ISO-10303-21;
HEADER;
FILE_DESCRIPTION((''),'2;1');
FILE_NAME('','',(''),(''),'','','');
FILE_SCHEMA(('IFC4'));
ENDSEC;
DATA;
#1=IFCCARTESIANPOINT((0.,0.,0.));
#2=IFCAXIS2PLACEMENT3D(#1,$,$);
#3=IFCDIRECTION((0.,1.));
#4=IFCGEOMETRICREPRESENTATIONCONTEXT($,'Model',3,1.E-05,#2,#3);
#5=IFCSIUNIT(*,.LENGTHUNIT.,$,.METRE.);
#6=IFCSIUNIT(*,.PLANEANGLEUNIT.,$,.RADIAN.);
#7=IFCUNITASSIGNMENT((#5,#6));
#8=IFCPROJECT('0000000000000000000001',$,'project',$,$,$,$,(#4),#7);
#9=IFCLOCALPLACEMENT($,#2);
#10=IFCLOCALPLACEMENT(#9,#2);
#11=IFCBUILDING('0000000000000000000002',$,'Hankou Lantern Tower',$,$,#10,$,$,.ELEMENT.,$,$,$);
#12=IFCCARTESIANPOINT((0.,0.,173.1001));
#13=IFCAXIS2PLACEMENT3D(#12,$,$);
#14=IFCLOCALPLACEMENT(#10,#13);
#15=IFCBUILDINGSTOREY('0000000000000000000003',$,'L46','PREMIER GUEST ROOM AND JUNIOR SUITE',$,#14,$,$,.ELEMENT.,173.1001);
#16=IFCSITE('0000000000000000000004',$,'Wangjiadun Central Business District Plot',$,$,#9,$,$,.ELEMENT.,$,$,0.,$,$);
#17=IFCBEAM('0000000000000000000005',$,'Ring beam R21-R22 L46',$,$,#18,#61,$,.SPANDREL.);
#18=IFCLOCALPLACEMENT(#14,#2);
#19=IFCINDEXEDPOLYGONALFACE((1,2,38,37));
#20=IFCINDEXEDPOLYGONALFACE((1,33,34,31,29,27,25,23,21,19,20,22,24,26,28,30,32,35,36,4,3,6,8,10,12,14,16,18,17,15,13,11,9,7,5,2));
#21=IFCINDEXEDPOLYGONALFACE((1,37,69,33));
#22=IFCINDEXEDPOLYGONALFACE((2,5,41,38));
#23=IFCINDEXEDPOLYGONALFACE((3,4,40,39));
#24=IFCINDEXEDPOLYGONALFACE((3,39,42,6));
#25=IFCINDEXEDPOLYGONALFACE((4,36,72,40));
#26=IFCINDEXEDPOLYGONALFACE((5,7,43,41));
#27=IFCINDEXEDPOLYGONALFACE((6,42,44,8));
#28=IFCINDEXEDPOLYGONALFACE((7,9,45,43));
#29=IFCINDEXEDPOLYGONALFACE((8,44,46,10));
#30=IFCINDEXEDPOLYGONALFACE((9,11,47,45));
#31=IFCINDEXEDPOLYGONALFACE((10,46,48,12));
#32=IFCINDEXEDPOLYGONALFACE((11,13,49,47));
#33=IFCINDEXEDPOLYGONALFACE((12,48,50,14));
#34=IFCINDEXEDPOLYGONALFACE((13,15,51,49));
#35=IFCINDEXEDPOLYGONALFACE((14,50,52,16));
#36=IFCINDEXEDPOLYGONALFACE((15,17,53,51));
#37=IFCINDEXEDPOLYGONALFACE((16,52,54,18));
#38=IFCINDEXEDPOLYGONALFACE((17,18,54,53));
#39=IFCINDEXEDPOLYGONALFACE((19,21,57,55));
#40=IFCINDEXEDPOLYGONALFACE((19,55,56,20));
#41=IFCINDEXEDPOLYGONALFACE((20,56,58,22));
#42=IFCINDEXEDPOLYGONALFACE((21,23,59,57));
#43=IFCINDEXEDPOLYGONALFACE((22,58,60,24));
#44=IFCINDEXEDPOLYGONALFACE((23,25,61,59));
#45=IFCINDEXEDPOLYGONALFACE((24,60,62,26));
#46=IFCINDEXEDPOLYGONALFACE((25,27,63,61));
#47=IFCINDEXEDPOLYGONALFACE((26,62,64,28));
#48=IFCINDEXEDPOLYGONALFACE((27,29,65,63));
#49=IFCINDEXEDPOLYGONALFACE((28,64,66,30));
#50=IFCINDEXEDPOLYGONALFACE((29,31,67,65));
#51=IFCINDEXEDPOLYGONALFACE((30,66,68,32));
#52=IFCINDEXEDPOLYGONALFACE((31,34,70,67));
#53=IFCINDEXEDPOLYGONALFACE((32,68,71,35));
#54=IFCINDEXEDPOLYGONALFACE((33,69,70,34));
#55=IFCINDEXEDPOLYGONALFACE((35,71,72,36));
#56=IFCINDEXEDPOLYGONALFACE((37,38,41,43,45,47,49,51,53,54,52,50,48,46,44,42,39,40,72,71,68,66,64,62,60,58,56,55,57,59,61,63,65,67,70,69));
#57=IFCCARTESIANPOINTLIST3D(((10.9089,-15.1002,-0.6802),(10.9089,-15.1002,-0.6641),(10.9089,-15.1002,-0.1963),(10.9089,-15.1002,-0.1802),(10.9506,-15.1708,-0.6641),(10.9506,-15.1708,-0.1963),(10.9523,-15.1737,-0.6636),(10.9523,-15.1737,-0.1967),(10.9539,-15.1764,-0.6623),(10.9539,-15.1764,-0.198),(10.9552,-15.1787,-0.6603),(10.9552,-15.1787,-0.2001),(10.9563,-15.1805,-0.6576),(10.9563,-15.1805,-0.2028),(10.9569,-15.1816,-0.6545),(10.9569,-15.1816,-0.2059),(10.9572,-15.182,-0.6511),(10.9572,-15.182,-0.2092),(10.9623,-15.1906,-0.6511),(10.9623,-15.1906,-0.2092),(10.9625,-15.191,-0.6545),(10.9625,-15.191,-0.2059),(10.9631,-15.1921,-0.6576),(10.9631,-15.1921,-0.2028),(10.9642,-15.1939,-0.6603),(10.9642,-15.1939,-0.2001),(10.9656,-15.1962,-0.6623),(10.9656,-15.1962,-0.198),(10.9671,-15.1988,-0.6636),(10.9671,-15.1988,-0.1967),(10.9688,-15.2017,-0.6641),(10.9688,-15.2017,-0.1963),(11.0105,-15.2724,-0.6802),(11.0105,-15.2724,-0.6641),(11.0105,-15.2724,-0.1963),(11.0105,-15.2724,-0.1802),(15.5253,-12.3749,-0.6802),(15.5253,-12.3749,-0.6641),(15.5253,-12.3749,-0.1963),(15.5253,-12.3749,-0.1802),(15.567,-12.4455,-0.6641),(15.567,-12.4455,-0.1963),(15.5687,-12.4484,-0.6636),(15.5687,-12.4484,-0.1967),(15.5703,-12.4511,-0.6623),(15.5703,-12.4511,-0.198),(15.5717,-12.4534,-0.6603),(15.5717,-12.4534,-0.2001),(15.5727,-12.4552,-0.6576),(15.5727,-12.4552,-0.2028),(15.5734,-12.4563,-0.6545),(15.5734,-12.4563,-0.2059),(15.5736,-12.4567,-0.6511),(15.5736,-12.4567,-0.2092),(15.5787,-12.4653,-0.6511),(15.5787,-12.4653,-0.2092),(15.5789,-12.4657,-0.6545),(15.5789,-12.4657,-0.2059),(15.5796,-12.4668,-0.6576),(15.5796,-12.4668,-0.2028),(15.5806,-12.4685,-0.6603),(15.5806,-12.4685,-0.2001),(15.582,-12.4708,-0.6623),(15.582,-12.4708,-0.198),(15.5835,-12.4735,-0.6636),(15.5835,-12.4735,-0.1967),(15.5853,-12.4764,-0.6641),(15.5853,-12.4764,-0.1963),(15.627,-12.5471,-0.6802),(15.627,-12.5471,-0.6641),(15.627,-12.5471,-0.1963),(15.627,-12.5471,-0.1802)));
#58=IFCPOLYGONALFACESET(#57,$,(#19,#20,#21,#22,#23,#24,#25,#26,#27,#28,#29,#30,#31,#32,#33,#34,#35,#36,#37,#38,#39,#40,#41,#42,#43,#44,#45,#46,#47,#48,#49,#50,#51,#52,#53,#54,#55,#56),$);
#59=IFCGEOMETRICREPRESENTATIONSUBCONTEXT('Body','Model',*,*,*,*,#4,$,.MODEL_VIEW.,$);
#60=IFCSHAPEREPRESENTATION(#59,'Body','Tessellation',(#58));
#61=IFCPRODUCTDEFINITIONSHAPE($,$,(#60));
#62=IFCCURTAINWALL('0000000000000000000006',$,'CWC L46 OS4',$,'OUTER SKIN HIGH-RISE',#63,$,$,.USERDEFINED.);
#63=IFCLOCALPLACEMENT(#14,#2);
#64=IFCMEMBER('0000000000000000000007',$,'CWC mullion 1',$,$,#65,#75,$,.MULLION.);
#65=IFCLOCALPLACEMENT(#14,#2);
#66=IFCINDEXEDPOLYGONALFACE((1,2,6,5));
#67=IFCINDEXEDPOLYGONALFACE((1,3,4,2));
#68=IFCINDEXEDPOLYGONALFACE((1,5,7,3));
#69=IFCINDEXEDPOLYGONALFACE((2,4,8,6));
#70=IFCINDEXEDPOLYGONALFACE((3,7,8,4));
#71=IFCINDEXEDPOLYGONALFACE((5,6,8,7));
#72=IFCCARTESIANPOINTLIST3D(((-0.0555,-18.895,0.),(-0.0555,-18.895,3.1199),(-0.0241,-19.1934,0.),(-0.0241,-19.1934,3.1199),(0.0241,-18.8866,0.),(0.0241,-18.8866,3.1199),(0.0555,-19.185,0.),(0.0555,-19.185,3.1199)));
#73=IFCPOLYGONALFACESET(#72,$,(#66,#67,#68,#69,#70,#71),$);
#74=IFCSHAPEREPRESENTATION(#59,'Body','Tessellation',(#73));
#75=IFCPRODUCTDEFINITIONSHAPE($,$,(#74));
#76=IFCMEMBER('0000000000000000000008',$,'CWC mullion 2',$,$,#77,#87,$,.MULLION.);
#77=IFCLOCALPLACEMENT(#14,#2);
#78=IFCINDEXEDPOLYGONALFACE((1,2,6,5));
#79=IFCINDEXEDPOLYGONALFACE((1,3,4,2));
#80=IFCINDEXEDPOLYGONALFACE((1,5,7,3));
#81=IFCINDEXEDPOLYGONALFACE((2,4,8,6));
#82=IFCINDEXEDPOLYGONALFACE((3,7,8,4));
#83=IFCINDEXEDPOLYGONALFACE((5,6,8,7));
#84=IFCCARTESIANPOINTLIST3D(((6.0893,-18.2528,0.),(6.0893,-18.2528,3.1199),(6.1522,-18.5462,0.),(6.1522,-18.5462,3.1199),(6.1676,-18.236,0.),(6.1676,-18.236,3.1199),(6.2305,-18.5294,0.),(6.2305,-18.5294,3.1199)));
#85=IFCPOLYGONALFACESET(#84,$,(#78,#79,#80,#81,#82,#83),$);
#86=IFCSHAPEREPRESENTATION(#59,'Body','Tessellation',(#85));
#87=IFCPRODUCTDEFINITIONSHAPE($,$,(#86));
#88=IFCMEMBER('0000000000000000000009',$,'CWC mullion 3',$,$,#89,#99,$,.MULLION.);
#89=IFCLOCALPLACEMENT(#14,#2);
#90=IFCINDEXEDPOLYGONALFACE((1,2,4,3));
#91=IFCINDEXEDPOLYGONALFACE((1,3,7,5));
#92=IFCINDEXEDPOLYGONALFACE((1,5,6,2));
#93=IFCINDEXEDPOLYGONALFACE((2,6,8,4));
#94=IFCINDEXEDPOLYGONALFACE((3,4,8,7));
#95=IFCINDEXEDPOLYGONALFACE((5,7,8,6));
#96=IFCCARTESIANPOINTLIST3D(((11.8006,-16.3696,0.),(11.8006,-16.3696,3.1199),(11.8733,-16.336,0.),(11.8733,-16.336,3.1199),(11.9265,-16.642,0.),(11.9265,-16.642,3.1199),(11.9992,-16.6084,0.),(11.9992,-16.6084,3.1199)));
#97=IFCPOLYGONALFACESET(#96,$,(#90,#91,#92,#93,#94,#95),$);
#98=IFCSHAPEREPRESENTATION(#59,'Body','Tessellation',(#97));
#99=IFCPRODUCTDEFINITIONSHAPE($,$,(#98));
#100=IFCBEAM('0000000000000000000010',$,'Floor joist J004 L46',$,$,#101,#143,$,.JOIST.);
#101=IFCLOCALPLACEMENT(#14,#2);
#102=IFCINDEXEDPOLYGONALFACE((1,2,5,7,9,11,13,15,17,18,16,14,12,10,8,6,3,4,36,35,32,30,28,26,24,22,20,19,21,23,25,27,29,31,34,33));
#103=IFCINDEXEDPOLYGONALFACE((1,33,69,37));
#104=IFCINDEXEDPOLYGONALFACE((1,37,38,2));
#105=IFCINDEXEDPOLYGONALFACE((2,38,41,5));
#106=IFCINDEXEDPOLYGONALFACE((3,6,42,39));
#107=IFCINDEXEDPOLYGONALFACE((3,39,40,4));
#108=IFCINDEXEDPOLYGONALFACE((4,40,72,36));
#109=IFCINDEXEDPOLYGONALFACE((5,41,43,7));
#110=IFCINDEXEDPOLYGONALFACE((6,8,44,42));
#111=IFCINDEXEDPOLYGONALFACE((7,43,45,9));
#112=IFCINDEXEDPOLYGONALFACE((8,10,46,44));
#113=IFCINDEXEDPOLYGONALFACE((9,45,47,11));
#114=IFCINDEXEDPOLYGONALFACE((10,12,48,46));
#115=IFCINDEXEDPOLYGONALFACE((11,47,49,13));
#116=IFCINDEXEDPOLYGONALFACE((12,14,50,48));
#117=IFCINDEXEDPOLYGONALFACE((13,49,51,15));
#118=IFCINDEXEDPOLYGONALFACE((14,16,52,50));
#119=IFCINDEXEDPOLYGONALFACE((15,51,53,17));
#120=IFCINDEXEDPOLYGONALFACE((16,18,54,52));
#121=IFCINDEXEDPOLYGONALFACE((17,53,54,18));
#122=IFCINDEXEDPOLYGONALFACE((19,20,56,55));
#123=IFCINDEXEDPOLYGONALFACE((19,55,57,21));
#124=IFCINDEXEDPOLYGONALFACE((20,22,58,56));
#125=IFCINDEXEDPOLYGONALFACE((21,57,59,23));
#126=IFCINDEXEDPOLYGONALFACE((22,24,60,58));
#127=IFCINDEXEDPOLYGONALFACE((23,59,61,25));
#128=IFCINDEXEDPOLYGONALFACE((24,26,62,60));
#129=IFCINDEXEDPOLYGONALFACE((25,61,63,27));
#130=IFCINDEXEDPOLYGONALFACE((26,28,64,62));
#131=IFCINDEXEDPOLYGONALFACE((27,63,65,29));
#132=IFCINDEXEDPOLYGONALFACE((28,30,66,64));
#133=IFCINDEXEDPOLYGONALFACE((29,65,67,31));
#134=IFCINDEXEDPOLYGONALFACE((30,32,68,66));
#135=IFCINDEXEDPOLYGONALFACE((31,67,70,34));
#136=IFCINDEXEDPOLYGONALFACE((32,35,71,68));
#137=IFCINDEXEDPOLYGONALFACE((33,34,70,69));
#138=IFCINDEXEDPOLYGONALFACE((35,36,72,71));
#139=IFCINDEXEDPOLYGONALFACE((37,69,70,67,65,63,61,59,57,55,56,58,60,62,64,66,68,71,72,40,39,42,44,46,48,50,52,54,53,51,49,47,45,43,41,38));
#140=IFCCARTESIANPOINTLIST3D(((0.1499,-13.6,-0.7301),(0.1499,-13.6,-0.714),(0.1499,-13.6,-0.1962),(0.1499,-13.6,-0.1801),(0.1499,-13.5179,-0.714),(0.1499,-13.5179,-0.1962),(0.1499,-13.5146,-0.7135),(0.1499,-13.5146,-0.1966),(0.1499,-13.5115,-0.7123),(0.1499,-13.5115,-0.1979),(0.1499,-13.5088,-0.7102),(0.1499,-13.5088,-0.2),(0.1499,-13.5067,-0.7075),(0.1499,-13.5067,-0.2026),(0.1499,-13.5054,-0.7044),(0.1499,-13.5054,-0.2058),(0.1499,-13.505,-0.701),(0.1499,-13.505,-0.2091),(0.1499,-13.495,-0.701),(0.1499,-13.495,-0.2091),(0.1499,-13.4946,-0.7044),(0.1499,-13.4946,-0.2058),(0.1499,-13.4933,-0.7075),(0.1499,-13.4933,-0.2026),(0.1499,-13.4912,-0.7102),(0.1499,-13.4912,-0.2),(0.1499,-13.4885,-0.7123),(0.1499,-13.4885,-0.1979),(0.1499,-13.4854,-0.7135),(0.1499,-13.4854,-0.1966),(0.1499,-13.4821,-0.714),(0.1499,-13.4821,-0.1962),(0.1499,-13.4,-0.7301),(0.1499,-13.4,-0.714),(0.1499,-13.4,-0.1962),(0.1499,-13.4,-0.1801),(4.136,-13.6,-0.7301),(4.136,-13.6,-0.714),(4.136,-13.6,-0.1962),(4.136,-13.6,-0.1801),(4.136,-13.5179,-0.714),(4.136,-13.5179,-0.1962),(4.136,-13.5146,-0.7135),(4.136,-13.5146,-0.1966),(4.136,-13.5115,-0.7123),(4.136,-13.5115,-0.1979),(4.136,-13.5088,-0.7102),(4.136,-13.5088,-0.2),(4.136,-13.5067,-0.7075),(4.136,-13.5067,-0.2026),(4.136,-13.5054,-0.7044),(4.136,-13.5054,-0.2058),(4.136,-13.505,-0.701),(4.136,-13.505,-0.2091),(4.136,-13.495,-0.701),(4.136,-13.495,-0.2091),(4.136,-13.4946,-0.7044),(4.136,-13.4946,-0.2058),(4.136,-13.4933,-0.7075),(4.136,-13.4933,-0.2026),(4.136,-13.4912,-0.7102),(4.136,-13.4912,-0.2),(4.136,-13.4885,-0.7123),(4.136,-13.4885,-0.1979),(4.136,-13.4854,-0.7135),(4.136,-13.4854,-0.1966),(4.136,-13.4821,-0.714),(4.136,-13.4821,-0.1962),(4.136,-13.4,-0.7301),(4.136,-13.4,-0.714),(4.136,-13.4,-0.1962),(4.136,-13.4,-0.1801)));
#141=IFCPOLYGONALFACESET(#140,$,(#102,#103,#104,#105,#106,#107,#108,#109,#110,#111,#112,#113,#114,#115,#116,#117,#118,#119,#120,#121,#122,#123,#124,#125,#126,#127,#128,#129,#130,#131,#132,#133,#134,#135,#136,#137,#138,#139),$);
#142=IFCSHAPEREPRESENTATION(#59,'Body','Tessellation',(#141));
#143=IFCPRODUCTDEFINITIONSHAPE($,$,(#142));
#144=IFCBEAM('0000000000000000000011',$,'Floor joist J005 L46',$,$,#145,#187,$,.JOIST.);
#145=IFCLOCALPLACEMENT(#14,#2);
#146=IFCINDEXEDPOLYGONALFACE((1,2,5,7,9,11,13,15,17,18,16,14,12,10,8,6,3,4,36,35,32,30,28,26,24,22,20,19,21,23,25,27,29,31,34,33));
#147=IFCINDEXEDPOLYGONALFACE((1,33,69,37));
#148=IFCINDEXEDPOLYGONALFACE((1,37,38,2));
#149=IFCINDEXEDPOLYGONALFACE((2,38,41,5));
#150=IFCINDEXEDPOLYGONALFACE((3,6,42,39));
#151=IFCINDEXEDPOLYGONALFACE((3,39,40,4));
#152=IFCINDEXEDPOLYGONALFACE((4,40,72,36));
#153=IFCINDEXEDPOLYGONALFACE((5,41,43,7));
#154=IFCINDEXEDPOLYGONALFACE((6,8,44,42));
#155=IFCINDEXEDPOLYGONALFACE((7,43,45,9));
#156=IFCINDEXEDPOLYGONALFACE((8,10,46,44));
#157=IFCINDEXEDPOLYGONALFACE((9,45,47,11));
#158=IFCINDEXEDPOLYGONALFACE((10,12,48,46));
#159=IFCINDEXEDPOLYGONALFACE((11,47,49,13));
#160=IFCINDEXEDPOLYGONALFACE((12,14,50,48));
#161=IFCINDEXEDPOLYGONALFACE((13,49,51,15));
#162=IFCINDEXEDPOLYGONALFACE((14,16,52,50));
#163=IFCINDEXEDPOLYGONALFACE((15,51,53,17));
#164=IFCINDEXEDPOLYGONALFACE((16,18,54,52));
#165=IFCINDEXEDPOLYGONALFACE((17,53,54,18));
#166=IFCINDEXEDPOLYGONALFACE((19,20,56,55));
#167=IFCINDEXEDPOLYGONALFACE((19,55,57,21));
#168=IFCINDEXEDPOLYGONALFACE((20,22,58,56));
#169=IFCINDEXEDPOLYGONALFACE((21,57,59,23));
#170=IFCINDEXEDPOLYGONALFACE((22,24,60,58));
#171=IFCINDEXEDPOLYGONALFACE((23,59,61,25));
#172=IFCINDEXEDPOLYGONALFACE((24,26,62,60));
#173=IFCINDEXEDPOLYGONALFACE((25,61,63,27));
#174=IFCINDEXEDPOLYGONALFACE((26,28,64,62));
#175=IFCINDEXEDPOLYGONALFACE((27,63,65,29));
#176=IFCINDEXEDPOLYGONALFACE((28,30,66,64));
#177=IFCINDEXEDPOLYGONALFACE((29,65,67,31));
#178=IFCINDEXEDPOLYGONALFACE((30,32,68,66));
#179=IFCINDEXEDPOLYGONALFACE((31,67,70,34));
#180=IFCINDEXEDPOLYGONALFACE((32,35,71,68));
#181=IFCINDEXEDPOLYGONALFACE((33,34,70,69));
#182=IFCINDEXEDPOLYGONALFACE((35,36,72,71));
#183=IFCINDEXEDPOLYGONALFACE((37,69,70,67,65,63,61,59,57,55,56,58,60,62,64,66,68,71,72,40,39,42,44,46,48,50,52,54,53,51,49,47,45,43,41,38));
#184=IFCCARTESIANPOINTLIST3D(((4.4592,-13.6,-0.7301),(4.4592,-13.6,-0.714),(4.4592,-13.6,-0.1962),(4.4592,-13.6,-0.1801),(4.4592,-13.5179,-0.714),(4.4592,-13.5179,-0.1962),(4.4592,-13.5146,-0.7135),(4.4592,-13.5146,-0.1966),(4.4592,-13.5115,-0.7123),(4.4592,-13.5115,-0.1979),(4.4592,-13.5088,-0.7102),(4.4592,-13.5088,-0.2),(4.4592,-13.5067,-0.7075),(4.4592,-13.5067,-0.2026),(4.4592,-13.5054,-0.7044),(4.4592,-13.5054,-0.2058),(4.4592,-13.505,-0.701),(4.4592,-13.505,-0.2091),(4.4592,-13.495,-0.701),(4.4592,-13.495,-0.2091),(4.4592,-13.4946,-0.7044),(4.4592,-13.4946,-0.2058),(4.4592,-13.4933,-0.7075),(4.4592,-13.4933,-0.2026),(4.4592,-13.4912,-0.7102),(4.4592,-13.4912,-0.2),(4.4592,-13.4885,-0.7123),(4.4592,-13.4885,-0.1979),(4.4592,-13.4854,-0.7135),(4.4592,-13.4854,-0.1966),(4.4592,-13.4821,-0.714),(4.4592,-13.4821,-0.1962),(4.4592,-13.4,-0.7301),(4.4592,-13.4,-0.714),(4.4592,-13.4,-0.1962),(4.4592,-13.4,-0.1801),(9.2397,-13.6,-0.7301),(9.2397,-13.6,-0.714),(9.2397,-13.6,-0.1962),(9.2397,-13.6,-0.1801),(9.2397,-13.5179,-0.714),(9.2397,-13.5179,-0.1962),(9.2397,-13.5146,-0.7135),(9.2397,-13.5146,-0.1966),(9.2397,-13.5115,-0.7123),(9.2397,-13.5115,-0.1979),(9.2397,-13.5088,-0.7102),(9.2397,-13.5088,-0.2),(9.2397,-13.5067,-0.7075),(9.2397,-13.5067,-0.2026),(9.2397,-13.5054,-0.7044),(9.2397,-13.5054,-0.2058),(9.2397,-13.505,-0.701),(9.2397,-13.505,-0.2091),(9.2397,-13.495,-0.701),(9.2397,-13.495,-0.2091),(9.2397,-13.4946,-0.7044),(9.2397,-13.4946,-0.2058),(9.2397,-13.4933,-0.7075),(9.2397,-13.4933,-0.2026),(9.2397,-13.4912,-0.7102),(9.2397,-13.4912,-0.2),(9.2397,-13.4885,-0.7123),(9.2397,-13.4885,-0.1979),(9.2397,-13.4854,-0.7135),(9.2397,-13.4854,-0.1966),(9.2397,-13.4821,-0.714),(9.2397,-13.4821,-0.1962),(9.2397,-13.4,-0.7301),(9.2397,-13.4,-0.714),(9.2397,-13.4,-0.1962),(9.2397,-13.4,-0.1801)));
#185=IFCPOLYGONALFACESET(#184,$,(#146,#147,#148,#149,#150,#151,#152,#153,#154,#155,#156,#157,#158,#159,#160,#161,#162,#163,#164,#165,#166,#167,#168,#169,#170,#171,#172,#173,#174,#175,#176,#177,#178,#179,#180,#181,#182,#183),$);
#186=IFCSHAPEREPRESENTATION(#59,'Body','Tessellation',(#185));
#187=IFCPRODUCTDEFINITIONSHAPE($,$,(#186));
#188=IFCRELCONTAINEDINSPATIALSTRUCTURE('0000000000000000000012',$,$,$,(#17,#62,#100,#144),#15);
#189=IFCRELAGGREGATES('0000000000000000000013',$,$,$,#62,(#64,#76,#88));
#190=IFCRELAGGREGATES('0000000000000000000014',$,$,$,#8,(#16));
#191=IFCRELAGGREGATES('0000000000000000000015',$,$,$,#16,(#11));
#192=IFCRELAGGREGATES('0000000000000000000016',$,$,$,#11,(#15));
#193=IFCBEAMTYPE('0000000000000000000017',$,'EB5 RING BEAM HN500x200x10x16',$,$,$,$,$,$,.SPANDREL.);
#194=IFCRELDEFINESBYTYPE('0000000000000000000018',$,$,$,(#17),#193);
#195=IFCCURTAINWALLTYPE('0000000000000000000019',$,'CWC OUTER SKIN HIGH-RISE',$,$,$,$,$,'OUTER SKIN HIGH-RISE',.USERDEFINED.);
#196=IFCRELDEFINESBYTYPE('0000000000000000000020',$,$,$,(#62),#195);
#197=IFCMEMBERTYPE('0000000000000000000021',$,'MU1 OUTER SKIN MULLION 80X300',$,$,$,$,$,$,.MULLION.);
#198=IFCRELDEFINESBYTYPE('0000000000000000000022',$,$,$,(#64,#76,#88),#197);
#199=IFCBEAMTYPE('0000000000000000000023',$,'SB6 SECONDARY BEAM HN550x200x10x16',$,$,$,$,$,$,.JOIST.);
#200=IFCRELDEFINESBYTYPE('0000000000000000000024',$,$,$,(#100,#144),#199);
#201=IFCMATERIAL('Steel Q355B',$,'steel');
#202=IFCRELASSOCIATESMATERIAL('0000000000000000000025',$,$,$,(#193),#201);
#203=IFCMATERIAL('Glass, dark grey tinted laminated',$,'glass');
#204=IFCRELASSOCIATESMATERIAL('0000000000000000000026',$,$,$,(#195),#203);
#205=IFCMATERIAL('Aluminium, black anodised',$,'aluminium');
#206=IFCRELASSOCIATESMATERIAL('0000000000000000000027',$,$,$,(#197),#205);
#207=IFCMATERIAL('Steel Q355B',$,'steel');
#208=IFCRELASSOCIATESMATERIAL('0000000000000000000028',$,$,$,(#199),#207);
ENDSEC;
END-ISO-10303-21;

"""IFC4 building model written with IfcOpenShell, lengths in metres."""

from ifc_helpers import new_model, si_unit, direction, frame, origin, origin_2d, place, context, subcontext, project, spatial, rectangle, i_section, extrude, material, material_profile, profile_set, type_object, element, aggregate, save


model = new_model("IFC4")

# Units and contexts
model_context = context("Model", 3, precision=1e-05, world=origin(), true_north=direction((0.0, 1.0)))
body_context = subcontext(model_context, "Body", "Model", "MODEL_VIEW")
ifc_project = project(units=[si_unit("LENGTHUNIT", "METRE"), si_unit("PLANEANGLEUNIT", "RADIAN")], contexts=[model_context])

# Site, building, storey
site_placement = place(None, origin())
site = spatial("IfcSite", under=ifc_project, at=site_placement, Name="Wangjiadun Central Business District Plot", CompositionType="ELEMENT", RefElevation=0.0)
building_placement = place(site_placement, origin())
building = spatial("IfcBuilding", under=site, at=building_placement, Name="Hankou Lantern Tower", CompositionType="ELEMENT")
storey_placement = place(building_placement, frame((0.0, 0.0, 173.1001)))
storey = spatial("IfcBuildingStorey", under=building, at=storey_placement, Name="L46", Description="PREMIER GUEST ROOM AND JUNIOR SUITE", CompositionType="ELEMENT", Elevation=173.1001)

# Beam
ifc_material_1 = material(Name="Steel Q355B", Category="steel")
ifc_material_profile_1 = material_profile(ifc_material_1, i_section(OverallWidth=0.2, OverallDepth=0.5, WebThickness=0.01, FlangeThickness=0.0161, FilletRadius=0.0129, at=origin_2d()), Name="HN500x200x10x16")
ifc_profile_set_1 = profile_set([ifc_material_profile_1], Name="Steel Q355B")
beam_type_1 = type_object("IfcBeamType", Name="EB5 RING BEAM HN500x200x10x16", PredefinedType="SPANDREL", material=ifc_profile_set_1)
beam_1_placement = place(storey_placement, frame((10.9597, -15.1863, -0.4302), z_axis=(0.861136, 0.508375, 0.0), x_axis=(-0.508375, 0.861136, 0.0)))
element("IfcBeam", 1, at=beam_1_placement, inside=storey, type_object=beam_type_1, Name="Ring beam R21-R22 L46", PredefinedType="SPANDREL", context=body_context, shape_type="SweptSolid", body=[
    extrude(i_section(OverallWidth=0.2, OverallDepth=0.5, WebThickness=0.01, FlangeThickness=0.0161, FilletRadius=0.0129, at=origin_2d()), origin(), (0.0, 0.0, 1.0), 5.3608),
])

# Curtain wall, members
ifc_material_2 = material(Name="Glass, dark grey tinted laminated", Category="glass")
curtain_wall_type = type_object("IfcCurtainWallType", Name="CWC OUTER SKIN HIGH-RISE", ElementType="OUTER SKIN HIGH-RISE", PredefinedType="USERDEFINED", material=ifc_material_2)
curtain_wall_placement = place(storey_placement, origin())
curtain_wall = element("IfcCurtainWall", 2, at=curtain_wall_placement, inside=storey, type_object=curtain_wall_type, Name="CWC L46 OS4", ObjectType="OUTER SKIN HIGH-RISE", PredefinedType="USERDEFINED")
ifc_material_3 = material(Name="Aluminium, black anodised", Category="aluminium")
ifc_material_profile_2 = material_profile(ifc_material_3, rectangle(XDim=0.0801, YDim=0.3, at=origin_2d()), Name="MU1 80X300")
ifc_profile_set_2 = profile_set([ifc_material_profile_2], Name="Aluminium, black anodised")
member_type_1 = type_object("IfcMemberType", Name="MU1 OUTER SKIN MULLION 80X300", PredefinedType="MULLION", material=ifc_profile_set_2)
member_1_placement = place(storey_placement, frame((0.0, -19.04, 0.0), z_axis=(0.0, 0.0, 1.0), x_axis=(0.994499, 0.104743, 0.0)))
member_1 = element("IfcMember", 3, at=member_1_placement, type_object=member_type_1, Name="CWC mullion 1", PredefinedType="MULLION", context=body_context, shape_type="SweptSolid", body=[
    extrude(rectangle(XDim=0.0801, YDim=0.3, at=origin_2d()), origin(), (0.0, 0.0, 1.0), 3.1199),
])
member_2_placement = place(storey_placement, frame((6.1599, -18.3911, 0.0), z_axis=(0.0, 0.0, 1.0), x_axis=(0.977788, 0.209598, 0.0)))
member_2 = element("IfcMember", 4, at=member_2_placement, type_object=member_type_1, Name="CWC mullion 2", PredefinedType="MULLION", context=body_context, shape_type="SweptSolid", body=[
    extrude(rectangle(XDim=0.0801, YDim=0.3, at=origin_2d()), origin(), (0.0, 0.0, 1.0), 3.1199),
])
member_3_placement = place(storey_placement, frame((11.8999, -16.489, 0.0), z_axis=(0.0, 0.0, 1.0), x_axis=(0.907841, 0.419314, 0.0)))
member_3 = element("IfcMember", 5, at=member_3_placement, type_object=member_type_1, Name="CWC mullion 3", PredefinedType="MULLION", context=body_context, shape_type="SweptSolid", body=[
    extrude(rectangle(XDim=0.0801, YDim=0.3, at=origin_2d()), origin(), (0.0, 0.0, 1.0), 3.1199),
])

# Beams
ifc_material_4 = material(Name="Steel Q355B", Category="steel")
ifc_material_profile_3 = material_profile(ifc_material_4, i_section(OverallWidth=0.2, OverallDepth=0.55, WebThickness=0.01, FlangeThickness=0.0161, FilletRadius=0.0129, at=origin_2d()), Name="HN550x200x10x16")
ifc_profile_set_3 = profile_set([ifc_material_profile_3], Name="Steel Q355B")
beam_type_2 = type_object("IfcBeamType", Name="SB6 SECONDARY BEAM HN550x200x10x16", PredefinedType="JOIST", material=ifc_profile_set_3)
beam_2_placement = place(storey_placement, frame((0.1499, -13.5, -0.4551), z_axis=(1.0, 0.0, 0.0), x_axis=(0.0, 1.0, 0.0)))
element("IfcBeam", 6, at=beam_2_placement, inside=storey, type_object=beam_type_2, Name="Floor joist J004 L46", PredefinedType="JOIST", context=body_context, shape_type="SweptSolid", body=[
    extrude(i_section(OverallWidth=0.2, OverallDepth=0.55, WebThickness=0.01, FlangeThickness=0.0161, FilletRadius=0.0129, at=origin_2d()), origin(), (0.0, 0.0, 1.0), 3.9861),
])
beam_3_placement = place(storey_placement, frame((4.4592, -13.5, -0.4551), z_axis=(1.0, 0.0, 0.0), x_axis=(0.0, 1.0, 0.0)))
element("IfcBeam", 7, at=beam_3_placement, inside=storey, type_object=beam_type_2, Name="Floor joist J005 L46", PredefinedType="JOIST", context=body_context, shape_type="SweptSolid", body=[
    extrude(i_section(OverallWidth=0.2, OverallDepth=0.55, WebThickness=0.01, FlangeThickness=0.0161, FilletRadius=0.0129, at=origin_2d()), origin(), (0.0, 0.0, 1.0), 4.7805),
])

aggregate(curtain_wall, [member_1, member_2, member_3])

save(model, "model.ifc")
